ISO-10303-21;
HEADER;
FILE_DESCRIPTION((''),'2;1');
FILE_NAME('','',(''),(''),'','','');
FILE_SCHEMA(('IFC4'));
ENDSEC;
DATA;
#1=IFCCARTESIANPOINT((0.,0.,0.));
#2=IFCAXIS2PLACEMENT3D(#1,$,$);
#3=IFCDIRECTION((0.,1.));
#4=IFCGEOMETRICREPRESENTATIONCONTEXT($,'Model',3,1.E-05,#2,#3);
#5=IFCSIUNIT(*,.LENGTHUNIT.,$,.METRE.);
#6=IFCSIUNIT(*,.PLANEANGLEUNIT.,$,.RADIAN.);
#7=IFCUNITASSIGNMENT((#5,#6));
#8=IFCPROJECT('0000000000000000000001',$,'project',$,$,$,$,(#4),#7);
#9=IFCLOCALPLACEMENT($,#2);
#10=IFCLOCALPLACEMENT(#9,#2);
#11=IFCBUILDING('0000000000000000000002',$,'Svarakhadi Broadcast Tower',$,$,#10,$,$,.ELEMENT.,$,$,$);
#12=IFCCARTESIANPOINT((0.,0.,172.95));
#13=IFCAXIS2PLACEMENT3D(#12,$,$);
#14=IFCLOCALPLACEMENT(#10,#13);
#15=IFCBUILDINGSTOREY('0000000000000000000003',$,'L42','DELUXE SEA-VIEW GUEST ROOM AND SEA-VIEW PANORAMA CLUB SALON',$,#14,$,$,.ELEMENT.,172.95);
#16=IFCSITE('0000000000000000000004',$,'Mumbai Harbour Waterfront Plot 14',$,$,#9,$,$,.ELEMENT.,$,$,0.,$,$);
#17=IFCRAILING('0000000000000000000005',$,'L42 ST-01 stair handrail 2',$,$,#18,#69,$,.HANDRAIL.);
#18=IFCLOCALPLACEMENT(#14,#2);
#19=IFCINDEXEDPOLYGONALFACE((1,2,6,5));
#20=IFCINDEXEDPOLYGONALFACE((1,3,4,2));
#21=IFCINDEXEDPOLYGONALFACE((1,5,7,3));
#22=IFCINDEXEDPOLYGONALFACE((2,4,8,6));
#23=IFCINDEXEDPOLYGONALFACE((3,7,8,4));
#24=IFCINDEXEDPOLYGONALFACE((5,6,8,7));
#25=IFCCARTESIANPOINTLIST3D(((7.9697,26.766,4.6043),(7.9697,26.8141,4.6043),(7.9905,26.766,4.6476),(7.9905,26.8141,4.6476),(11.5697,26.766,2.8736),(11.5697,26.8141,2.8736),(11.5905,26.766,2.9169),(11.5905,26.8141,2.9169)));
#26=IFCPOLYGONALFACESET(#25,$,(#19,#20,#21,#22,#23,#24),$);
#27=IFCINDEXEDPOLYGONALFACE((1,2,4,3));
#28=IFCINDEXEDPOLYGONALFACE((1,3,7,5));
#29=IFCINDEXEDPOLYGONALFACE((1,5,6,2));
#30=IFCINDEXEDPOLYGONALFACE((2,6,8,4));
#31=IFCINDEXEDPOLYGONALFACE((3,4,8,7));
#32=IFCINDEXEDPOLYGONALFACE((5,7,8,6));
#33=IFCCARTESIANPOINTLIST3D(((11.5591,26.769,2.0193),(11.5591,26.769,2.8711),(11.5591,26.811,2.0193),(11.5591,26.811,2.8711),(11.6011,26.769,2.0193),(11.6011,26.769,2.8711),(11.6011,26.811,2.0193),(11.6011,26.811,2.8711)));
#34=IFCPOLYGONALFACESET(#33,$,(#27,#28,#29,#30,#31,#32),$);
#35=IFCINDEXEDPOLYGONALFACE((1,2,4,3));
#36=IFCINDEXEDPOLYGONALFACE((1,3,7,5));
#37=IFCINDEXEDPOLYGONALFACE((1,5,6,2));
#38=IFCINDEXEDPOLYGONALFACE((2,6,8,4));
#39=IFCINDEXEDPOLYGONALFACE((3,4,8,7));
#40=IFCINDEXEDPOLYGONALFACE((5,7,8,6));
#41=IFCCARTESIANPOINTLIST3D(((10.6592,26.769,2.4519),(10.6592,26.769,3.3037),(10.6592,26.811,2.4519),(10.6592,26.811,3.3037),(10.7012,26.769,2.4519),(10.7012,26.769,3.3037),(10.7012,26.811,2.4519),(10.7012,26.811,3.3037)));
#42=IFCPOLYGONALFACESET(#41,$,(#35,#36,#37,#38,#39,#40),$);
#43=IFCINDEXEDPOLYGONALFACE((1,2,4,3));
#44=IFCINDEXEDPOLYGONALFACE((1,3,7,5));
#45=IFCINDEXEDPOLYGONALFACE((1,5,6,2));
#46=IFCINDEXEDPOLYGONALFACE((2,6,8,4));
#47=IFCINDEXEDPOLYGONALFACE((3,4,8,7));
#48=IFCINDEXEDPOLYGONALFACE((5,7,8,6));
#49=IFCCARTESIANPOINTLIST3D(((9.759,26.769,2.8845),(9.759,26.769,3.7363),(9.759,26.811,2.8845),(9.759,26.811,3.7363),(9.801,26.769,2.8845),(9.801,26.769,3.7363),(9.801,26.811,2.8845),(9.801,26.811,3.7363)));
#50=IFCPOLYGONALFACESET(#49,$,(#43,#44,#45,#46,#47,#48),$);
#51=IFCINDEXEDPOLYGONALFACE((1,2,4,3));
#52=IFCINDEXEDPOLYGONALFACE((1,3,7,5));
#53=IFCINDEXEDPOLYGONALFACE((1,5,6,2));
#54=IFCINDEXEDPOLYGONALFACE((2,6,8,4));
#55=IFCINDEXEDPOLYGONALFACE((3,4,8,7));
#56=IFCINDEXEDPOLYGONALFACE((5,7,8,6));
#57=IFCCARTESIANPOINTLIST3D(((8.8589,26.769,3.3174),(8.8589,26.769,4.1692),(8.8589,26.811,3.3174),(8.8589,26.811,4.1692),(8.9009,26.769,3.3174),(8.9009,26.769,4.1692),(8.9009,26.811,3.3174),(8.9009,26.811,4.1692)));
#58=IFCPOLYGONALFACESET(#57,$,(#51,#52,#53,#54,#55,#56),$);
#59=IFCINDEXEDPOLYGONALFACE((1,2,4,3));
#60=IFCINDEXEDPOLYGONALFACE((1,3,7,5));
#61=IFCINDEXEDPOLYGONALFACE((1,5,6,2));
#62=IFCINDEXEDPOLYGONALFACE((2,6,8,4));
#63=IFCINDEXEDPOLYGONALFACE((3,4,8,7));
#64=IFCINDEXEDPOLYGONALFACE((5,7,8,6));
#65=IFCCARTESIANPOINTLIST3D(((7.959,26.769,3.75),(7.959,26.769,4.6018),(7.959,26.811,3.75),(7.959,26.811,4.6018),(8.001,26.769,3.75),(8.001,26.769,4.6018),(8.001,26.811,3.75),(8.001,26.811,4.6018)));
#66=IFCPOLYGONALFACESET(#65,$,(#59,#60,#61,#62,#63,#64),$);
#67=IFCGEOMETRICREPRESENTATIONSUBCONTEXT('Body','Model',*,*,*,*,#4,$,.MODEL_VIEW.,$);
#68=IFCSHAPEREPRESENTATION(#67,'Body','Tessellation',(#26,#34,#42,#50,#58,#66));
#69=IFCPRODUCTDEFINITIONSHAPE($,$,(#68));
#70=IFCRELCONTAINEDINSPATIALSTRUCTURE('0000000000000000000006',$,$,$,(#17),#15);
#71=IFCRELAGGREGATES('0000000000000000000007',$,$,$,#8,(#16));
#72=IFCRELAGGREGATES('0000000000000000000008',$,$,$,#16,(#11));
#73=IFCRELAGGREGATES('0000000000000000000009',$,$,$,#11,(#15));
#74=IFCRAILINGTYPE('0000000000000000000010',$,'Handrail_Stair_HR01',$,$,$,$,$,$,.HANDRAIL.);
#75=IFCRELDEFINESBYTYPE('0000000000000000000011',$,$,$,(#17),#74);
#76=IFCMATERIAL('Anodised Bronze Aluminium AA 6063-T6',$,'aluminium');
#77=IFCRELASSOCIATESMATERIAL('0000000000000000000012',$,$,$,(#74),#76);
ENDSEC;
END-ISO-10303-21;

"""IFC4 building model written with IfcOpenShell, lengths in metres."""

from ifc_helpers import new_model, si_unit, direction, frame, origin, origin_2d, place, context, subcontext, project, spatial, rectangle, extrude, material, type_object, element, save


model = new_model("IFC4")

# Units and contexts
model_context = context("Model", 3, precision=1e-05, world=origin(), true_north=direction((0.0, 1.0)))
body_context = subcontext(model_context, "Body", "Model", "MODEL_VIEW")
ifc_project = project(units=[si_unit("LENGTHUNIT", "METRE"), si_unit("PLANEANGLEUNIT", "RADIAN")], contexts=[model_context])

# Site, building, storey
site_placement = place(None, origin())
site = spatial("IfcSite", under=ifc_project, at=site_placement, Name="Mumbai Harbour Waterfront Plot 14", CompositionType="ELEMENT", RefElevation=0.0)
building_placement = place(site_placement, origin())
building = spatial("IfcBuilding", under=site, at=building_placement, Name="Svarakhadi Broadcast Tower", CompositionType="ELEMENT")
storey_placement = place(building_placement, frame((0.0, 0.0, 172.95)))
storey = spatial("IfcBuildingStorey", under=building, at=storey_placement, Name="L42", Description="DELUXE SEA-VIEW GUEST ROOM AND SEA-VIEW PANORAMA CLUB SALON", CompositionType="ELEMENT", Elevation=172.95)

# Railing
ifc_material_1 = material(Name="Anodised Bronze Aluminium AA 6063-T6", Category="aluminium")
railing_type_1 = type_object("IfcRailingType", Name="Handrail_Stair_HR01", PredefinedType="HANDRAIL", material=ifc_material_1)
railing_1_placement = place(storey_placement, frame((11.5801, 26.79, 2.0193)))
element("IfcRailing", 1, at=railing_1_placement, inside=storey, type_object=railing_type_1, Name="L42 ST-01 stair handrail 2", PredefinedType="HANDRAIL", context=body_context, shape_type="SweptSolid", body=[
    extrude(rectangle(XDim=0.0481, YDim=0.0481, at=origin_2d()), frame((0.0, 0.0, 0.876), z_axis=(-0.901263, 0.0, 0.433273), x_axis=(0.0, -1.0, 0.0)), (0.0, 0.0, 1.0), 3.9944),
    extrude(rectangle(XDim=0.042, YDim=0.042, at=origin_2d()), origin(), (0.0, 0.0, 1.0), 0.8518),
    extrude(rectangle(XDim=0.042, YDim=0.042, at=origin_2d()), frame((-0.8999, 0.0, 0.4326)), (0.0, 0.0, 1.0), 0.8518),
    extrude(rectangle(XDim=0.042, YDim=0.042, at=origin_2d()), frame((-1.8, 0.0, 0.8652)), (0.0, 0.0, 1.0), 0.8518),
    extrude(rectangle(XDim=0.042, YDim=0.042, at=origin_2d()), frame((-2.7002, 0.0, 1.2981)), (0.0, 0.0, 1.0), 0.8518),
    extrude(rectangle(XDim=0.042, YDim=0.042, at=origin_2d()), frame((-3.6001, 0.0, 1.7307)), (0.0, 0.0, 1.0), 0.8518),
])

save(model, "model.ifc")
